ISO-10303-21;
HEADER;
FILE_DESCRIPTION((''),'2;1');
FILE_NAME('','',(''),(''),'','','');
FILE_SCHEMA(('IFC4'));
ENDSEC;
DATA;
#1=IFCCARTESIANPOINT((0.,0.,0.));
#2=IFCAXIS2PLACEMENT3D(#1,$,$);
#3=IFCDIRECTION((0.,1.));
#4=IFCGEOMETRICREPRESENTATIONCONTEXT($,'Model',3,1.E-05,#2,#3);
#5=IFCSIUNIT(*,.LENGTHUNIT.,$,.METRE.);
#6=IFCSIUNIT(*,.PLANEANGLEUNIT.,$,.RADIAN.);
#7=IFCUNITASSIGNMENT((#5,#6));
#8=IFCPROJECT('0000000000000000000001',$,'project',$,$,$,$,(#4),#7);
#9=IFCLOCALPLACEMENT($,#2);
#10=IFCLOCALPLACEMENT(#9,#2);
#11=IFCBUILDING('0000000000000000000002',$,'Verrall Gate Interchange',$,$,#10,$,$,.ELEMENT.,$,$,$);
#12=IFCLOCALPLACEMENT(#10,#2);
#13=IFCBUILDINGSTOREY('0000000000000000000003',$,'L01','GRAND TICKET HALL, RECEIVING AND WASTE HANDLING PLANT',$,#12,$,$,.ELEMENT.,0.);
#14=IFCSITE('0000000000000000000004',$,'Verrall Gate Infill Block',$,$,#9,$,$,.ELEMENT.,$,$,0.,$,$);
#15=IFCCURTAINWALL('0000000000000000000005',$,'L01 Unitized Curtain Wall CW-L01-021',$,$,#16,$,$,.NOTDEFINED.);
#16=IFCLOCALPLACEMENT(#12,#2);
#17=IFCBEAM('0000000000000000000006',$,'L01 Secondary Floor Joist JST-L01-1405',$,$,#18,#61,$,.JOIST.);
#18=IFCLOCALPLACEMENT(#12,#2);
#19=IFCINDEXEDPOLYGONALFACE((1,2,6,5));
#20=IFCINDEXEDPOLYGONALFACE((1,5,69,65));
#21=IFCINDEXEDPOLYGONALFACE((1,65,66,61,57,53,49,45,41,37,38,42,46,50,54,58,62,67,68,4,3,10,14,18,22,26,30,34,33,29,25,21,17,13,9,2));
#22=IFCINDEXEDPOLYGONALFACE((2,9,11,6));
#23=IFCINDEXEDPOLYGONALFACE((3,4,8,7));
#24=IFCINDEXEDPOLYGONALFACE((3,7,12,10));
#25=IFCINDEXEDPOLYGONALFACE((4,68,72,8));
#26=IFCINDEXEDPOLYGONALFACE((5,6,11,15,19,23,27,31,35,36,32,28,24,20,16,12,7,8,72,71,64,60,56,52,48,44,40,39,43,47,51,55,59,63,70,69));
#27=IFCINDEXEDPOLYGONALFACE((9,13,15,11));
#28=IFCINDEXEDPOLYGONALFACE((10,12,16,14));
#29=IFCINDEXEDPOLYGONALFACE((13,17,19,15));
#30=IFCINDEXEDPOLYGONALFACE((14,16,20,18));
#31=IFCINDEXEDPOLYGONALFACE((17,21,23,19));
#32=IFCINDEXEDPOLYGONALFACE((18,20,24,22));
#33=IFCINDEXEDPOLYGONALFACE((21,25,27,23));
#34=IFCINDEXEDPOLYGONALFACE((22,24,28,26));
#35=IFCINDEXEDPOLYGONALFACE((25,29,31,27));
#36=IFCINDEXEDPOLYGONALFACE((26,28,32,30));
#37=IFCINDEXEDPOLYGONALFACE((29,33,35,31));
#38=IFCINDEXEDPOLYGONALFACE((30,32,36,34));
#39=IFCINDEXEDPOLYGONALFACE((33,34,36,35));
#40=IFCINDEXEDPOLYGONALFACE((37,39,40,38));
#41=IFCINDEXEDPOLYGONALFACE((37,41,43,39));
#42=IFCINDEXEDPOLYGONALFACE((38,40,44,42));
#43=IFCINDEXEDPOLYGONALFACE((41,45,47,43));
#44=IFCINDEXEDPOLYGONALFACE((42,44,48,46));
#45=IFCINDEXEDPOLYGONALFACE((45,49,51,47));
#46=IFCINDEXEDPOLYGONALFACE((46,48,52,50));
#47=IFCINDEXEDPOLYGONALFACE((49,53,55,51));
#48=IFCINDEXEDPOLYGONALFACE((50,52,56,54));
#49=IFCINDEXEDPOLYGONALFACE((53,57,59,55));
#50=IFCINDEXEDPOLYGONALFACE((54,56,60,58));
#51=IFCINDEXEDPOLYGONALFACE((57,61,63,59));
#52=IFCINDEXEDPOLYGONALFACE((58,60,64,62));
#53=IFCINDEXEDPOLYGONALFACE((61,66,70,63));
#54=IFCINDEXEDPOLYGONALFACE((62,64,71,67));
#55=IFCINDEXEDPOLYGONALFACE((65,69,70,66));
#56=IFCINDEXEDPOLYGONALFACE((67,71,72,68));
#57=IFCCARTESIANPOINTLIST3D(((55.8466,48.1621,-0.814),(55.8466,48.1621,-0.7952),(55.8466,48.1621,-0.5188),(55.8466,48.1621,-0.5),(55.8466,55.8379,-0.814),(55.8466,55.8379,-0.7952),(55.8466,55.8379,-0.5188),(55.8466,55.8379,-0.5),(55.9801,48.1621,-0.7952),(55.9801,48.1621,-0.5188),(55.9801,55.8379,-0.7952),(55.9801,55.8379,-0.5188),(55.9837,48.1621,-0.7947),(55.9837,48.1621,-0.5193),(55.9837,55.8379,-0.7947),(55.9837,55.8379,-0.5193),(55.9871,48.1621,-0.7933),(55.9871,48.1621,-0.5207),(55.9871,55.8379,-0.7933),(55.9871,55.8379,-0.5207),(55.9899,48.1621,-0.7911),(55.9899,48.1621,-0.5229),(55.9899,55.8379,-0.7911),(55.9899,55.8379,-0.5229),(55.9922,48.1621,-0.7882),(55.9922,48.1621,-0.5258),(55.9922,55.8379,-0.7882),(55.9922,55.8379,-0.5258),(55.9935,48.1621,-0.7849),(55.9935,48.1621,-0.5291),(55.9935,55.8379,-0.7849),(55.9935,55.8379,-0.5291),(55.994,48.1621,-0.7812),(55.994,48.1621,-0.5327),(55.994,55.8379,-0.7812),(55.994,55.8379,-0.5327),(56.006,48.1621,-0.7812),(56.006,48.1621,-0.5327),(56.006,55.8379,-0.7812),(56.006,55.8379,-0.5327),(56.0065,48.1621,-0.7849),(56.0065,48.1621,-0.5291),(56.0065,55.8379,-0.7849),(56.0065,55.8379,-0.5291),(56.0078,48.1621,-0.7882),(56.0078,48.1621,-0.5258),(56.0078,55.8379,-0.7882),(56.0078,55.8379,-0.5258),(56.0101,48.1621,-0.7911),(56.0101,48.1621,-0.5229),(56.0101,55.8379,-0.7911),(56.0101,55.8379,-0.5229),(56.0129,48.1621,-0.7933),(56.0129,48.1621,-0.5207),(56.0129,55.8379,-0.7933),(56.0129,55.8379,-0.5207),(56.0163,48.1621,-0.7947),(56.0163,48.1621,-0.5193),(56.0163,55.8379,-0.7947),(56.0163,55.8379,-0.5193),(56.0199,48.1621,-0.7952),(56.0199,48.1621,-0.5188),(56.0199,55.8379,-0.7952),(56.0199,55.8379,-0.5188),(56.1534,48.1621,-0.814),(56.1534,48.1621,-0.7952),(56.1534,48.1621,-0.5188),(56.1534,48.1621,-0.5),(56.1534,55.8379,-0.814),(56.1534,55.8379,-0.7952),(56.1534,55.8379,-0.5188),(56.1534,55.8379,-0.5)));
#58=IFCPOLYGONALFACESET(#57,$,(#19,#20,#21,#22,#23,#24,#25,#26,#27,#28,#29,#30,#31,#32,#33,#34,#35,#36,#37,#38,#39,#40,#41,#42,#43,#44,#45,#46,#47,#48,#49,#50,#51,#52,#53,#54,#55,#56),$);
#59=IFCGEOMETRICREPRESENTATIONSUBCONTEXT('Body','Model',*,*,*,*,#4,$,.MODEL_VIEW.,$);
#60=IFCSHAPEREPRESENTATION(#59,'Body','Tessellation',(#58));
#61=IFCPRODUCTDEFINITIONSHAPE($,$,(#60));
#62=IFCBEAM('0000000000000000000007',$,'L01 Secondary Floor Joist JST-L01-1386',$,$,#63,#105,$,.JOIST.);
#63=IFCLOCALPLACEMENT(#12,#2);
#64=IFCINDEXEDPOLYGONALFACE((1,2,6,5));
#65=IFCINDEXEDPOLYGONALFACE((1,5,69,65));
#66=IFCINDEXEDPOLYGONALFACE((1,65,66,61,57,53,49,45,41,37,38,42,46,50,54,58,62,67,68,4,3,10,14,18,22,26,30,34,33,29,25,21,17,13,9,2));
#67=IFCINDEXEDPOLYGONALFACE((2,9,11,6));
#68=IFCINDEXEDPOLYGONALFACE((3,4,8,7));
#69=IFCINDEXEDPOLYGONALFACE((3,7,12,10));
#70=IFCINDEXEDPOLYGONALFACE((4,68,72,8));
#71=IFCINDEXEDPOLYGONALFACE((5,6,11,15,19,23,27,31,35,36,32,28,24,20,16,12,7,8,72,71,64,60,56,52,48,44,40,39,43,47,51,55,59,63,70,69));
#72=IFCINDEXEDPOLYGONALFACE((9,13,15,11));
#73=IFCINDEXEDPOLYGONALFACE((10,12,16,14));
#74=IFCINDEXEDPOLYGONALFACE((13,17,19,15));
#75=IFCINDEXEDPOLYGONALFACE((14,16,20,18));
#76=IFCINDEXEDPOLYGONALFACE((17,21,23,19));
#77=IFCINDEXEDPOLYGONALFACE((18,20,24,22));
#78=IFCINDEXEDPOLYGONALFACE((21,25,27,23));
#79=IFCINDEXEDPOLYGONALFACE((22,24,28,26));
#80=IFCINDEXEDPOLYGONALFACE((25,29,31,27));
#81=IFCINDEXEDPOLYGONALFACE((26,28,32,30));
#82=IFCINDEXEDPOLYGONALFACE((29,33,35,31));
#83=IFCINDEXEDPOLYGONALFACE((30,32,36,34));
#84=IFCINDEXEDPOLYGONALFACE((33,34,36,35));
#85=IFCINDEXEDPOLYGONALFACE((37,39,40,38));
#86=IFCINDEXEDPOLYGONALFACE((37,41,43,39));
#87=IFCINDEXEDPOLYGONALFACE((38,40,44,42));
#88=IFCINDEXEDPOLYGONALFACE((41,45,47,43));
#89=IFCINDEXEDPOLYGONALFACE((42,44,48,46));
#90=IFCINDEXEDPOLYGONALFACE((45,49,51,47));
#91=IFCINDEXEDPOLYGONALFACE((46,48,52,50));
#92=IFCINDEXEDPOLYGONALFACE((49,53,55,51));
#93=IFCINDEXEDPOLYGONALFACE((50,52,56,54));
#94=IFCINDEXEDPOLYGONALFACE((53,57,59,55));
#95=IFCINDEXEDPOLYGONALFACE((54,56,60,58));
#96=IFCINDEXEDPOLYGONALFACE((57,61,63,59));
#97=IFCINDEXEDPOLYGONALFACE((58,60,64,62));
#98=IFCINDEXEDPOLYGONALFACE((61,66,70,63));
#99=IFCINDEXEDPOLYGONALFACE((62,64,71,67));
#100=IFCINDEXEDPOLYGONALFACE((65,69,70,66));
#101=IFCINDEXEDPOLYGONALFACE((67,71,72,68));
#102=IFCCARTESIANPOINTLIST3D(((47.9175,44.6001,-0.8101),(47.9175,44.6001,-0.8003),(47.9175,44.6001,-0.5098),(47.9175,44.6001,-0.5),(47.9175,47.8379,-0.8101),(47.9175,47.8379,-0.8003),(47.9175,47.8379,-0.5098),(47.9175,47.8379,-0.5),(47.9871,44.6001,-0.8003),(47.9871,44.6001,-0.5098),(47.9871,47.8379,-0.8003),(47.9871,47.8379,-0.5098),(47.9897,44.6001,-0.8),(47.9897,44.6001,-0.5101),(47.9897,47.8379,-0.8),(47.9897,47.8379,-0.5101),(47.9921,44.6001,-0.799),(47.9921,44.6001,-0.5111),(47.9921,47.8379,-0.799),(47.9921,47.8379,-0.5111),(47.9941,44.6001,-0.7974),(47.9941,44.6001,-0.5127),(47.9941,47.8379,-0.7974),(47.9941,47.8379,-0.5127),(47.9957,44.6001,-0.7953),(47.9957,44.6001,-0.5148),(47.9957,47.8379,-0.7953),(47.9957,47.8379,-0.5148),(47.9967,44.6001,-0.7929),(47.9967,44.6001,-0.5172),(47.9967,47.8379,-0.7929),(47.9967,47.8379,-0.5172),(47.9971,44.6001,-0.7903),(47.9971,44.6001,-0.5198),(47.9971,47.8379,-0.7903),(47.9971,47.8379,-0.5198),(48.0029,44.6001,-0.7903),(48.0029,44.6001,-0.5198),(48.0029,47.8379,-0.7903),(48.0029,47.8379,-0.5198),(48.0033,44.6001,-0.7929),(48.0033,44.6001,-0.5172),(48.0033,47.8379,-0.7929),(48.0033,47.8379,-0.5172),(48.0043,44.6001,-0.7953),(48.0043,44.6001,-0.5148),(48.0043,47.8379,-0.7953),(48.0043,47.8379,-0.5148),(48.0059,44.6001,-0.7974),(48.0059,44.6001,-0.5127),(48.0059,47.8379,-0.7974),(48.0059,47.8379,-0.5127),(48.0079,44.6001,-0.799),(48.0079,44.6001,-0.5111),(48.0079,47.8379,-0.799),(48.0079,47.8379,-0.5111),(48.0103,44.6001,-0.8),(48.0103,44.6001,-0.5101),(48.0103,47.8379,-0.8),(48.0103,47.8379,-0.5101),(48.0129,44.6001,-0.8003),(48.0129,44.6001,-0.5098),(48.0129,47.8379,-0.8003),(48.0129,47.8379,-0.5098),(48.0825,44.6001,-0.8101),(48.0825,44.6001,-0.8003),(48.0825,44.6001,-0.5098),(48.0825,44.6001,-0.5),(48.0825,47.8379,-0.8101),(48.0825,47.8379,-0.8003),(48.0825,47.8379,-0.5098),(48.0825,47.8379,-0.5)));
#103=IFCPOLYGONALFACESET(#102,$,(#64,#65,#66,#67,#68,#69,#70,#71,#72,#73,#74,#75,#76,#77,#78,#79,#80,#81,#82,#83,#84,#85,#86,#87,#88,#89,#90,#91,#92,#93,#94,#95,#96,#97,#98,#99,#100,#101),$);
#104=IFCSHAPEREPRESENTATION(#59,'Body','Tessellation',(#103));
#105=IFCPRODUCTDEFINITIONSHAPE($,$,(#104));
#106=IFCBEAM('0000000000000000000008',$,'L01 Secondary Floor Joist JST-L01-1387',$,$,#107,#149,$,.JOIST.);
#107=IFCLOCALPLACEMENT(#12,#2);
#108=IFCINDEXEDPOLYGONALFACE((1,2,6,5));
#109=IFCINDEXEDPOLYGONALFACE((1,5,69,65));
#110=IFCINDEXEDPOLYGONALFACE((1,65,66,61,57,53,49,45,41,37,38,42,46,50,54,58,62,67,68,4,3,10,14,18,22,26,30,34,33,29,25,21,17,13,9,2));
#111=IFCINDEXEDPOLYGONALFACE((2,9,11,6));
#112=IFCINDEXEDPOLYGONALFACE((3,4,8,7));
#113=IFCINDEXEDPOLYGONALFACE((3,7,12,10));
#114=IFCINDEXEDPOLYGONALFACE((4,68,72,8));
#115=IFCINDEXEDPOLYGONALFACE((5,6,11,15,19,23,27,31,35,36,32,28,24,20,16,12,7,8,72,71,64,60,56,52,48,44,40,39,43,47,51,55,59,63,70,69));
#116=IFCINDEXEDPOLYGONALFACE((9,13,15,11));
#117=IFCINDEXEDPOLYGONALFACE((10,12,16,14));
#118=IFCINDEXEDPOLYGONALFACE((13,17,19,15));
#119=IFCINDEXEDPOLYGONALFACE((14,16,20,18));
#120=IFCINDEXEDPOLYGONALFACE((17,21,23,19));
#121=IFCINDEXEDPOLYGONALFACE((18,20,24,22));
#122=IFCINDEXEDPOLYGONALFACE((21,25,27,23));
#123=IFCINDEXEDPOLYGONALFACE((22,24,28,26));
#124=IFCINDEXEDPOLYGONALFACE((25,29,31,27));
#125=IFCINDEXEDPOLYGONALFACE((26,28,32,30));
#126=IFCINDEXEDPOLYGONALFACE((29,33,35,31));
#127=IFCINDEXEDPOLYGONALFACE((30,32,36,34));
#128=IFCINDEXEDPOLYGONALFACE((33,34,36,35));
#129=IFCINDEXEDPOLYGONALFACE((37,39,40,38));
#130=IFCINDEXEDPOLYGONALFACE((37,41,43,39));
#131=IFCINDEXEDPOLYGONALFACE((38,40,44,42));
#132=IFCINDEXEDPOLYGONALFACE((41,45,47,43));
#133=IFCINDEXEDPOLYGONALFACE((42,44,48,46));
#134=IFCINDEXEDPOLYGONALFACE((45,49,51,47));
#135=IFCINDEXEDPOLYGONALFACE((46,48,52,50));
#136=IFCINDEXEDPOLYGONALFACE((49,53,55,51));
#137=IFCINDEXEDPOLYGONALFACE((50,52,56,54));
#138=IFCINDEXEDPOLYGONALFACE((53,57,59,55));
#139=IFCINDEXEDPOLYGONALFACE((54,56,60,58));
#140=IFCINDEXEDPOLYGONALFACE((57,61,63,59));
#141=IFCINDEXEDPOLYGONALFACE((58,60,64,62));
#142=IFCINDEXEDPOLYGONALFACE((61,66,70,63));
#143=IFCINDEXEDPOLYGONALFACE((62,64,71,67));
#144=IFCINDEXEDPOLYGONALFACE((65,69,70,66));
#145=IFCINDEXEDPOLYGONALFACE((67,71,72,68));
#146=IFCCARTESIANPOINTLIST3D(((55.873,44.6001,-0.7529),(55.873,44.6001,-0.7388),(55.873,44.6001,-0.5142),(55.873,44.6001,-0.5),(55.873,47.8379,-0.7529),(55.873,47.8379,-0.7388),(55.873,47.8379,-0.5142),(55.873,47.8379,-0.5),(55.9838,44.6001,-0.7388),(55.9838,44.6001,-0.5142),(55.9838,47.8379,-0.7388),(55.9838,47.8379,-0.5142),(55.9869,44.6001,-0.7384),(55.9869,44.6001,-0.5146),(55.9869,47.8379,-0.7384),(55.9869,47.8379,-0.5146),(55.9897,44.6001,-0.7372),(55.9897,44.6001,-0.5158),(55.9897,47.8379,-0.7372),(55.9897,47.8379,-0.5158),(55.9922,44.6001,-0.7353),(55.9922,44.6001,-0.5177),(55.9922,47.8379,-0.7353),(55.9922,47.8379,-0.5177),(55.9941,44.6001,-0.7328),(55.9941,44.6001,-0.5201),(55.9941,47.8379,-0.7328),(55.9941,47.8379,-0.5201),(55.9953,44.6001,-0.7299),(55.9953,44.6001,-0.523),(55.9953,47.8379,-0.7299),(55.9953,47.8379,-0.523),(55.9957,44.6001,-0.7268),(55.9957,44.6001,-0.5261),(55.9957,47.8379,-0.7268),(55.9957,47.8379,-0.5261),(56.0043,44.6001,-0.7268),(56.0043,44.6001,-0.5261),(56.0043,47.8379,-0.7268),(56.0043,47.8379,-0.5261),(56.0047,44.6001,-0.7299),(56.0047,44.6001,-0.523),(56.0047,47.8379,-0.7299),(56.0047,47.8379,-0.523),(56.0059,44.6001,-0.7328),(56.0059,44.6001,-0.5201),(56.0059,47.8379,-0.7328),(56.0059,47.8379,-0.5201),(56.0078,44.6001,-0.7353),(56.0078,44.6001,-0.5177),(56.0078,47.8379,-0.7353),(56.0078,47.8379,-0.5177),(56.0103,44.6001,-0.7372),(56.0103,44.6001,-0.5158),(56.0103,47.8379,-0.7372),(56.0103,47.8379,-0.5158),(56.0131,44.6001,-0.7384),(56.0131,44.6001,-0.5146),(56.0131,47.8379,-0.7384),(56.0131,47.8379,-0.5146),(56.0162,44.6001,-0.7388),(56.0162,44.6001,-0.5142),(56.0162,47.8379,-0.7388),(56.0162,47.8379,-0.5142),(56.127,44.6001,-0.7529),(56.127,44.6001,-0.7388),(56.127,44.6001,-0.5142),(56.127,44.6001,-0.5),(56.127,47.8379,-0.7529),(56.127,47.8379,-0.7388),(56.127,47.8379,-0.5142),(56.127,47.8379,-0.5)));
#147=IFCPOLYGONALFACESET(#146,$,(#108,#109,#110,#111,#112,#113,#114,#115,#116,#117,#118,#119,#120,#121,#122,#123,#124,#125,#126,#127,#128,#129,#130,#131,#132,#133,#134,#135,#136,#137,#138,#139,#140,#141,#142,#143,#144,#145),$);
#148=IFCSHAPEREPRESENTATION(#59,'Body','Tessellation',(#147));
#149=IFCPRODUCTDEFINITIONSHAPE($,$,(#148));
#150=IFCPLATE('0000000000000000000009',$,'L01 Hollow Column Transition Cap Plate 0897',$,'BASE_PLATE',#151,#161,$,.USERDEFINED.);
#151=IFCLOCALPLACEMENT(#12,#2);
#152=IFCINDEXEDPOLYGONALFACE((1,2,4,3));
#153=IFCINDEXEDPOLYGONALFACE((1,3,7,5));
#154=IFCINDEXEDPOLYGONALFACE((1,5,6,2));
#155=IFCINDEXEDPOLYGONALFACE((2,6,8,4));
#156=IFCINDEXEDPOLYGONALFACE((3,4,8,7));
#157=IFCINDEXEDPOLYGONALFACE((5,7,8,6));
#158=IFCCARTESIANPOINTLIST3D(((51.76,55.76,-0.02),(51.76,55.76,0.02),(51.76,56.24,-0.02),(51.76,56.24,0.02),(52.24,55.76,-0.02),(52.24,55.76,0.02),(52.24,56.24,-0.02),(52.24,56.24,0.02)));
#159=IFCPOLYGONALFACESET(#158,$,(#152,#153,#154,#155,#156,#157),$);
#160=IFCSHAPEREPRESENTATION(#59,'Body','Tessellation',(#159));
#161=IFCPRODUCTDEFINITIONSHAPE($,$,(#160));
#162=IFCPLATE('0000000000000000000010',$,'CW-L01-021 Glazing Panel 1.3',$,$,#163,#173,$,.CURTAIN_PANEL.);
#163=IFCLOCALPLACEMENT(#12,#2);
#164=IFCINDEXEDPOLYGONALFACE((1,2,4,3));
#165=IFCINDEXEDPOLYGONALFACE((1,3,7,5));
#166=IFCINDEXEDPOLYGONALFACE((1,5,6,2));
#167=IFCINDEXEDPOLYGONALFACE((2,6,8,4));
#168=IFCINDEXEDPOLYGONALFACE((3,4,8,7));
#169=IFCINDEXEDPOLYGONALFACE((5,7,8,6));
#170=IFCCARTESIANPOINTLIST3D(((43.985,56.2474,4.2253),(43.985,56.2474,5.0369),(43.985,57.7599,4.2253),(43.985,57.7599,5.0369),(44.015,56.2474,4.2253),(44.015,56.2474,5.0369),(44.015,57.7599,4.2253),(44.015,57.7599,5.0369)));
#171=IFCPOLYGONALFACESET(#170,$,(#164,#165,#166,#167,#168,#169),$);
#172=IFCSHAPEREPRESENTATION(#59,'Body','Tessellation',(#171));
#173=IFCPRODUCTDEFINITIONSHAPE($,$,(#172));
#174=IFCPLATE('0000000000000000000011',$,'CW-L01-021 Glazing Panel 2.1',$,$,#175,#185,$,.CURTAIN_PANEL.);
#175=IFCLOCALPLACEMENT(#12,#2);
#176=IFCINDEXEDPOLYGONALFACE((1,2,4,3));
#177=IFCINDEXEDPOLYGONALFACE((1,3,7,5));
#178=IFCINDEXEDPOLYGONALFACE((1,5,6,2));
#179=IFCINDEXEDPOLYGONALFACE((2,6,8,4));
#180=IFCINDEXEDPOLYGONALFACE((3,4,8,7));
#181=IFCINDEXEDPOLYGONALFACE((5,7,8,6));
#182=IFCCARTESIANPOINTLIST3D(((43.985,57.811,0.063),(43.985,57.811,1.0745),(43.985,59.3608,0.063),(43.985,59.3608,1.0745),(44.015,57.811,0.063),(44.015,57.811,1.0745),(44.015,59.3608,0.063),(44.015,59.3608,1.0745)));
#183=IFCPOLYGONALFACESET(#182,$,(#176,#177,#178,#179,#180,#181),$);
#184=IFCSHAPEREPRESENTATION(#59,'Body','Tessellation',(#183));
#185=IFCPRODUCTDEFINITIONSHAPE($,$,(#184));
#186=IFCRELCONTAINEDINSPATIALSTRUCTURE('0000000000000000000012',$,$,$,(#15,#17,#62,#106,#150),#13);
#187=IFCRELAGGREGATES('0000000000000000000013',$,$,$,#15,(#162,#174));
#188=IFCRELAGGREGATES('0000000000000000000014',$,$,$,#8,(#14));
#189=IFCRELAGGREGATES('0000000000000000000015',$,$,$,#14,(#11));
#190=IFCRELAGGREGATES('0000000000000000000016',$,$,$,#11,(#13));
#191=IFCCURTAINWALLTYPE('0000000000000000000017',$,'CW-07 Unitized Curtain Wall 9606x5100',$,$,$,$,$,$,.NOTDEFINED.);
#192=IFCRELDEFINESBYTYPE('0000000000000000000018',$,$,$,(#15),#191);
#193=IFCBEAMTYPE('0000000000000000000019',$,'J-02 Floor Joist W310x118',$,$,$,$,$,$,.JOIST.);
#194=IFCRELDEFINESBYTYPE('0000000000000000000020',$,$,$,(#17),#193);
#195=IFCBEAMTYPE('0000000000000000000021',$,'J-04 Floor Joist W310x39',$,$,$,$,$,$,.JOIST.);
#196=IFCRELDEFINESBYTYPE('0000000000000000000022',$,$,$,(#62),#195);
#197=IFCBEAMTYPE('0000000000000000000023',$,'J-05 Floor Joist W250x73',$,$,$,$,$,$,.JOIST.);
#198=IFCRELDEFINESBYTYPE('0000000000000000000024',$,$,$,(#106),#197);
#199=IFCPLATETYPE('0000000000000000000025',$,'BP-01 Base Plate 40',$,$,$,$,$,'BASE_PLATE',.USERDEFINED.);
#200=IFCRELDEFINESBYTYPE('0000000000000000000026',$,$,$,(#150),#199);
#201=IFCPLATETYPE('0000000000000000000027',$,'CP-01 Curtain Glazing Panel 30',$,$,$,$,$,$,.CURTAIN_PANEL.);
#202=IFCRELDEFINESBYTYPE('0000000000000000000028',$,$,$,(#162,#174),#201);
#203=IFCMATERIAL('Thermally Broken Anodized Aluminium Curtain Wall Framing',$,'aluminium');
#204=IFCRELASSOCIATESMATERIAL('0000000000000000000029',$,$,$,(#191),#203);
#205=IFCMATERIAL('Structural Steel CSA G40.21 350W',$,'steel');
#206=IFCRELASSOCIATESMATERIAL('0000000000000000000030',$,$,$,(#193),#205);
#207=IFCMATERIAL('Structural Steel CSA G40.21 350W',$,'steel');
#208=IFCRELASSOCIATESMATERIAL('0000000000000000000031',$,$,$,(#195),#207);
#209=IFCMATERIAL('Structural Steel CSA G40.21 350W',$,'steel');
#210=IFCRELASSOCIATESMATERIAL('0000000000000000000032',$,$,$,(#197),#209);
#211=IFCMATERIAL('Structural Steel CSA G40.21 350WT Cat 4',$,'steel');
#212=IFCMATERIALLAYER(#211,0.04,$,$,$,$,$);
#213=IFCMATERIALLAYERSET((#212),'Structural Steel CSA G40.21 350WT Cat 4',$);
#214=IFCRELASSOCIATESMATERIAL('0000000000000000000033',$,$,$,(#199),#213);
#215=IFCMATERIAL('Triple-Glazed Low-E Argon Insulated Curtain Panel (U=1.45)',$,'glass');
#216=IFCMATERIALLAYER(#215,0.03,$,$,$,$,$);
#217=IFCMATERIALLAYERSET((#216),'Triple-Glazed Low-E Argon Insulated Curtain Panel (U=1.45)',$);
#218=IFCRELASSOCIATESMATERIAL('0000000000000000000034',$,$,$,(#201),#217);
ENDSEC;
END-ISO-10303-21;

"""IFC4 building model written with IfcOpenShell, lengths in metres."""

from ifc_helpers import new_model, si_unit, direction, frame, origin, origin_2d, place, context, subcontext, project, spatial, rectangle, i_section, extrude, material, layer, layer_set, material_profile, profile_set, type_object, element, aggregate, save


model = new_model("IFC4")

# Units and contexts
model_context = context("Model", 3, precision=1e-05, world=origin(), true_north=direction((0.0, 1.0)))
body_context = subcontext(model_context, "Body", "Model", "MODEL_VIEW")
ifc_project = project(units=[si_unit("LENGTHUNIT", "METRE"), si_unit("PLANEANGLEUNIT", "RADIAN")], contexts=[model_context])

# Site, building, storey
site_placement = place(None, origin())
site = spatial("IfcSite", under=ifc_project, at=site_placement, Name="Verrall Gate Infill Block", CompositionType="ELEMENT", RefElevation=0.0)
building_placement = place(site_placement, origin())
building = spatial("IfcBuilding", under=site, at=building_placement, Name="Verrall Gate Interchange", CompositionType="ELEMENT")
storey_placement = place(building_placement, origin())
storey = spatial("IfcBuildingStorey", under=building, at=storey_placement, Name="L01", Description="GRAND TICKET HALL, RECEIVING AND WASTE HANDLING PLANT", CompositionType="ELEMENT", Elevation=0.0)

# Curtain wall
ifc_material_1 = material(Name="Thermally Broken Anodized Aluminium Curtain Wall Framing", Category="aluminium")
curtain_wall_type = type_object("IfcCurtainWallType", Name="CW-07 Unitized Curtain Wall 9606x5100", PredefinedType="NOTDEFINED", material=ifc_material_1)
curtain_wall_placement = place(storey_placement, origin())
curtain_wall = element("IfcCurtainWall", 1, at=curtain_wall_placement, inside=storey, type_object=curtain_wall_type, Name="L01 Unitized Curtain Wall CW-L01-021", PredefinedType="NOTDEFINED")

# Beams
ifc_material_2 = material(Name="Structural Steel CSA G40.21 350W", Category="steel")
ifc_material_profile_1 = material_profile(ifc_material_2, i_section(OverallWidth=0.3069, OverallDepth=0.314, WebThickness=0.012, FlangeThickness=0.0188, FilletRadius=0.0139, at=origin_2d()), Name="W310x118")
ifc_profile_set_1 = profile_set([ifc_material_profile_1], Name="Structural Steel CSA G40.21 350W")
beam_type_1 = type_object("IfcBeamType", Name="J-02 Floor Joist W310x118", PredefinedType="JOIST", material=ifc_profile_set_1)
beam_1_placement = place(storey_placement, frame((56.0, 48.1621, -0.657), z_axis=(0.0, 1.0, 0.0), x_axis=(-1.0, 0.0, 0.0)))
element("IfcBeam", 2, at=beam_1_placement, inside=storey, type_object=beam_type_1, Name="L01 Secondary Floor Joist JST-L01-1405", PredefinedType="JOIST", context=body_context, shape_type="SweptSolid", body=[
    extrude(i_section(OverallWidth=0.3069, OverallDepth=0.314, WebThickness=0.012, FlangeThickness=0.0188, FilletRadius=0.0139, at=origin_2d()), origin(), (0.0, 0.0, 1.0), 7.6758),
])
ifc_material_3 = material(Name="Structural Steel CSA G40.21 350W", Category="steel")
ifc_material_profile_2 = material_profile(ifc_material_3, i_section(OverallWidth=0.165, OverallDepth=0.3101, WebThickness=0.0059, FlangeThickness=0.0098, FilletRadius=0.01, at=origin_2d()), Name="W310x39")
ifc_profile_set_2 = profile_set([ifc_material_profile_2], Name="Structural Steel CSA G40.21 350W")
beam_type_2 = type_object("IfcBeamType", Name="J-04 Floor Joist W310x39", PredefinedType="JOIST", material=ifc_profile_set_2)
beam_2_placement = place(storey_placement, frame((48.0, 44.6001, -0.655), z_axis=(0.0, 1.0, 0.0), x_axis=(-1.0, 0.0, 0.0)))
element("IfcBeam", 3, at=beam_2_placement, inside=storey, type_object=beam_type_2, Name="L01 Secondary Floor Joist JST-L01-1386", PredefinedType="JOIST", context=body_context, shape_type="SweptSolid", body=[
    extrude(i_section(OverallWidth=0.165, OverallDepth=0.3101, WebThickness=0.0059, FlangeThickness=0.0098, FilletRadius=0.01, at=origin_2d()), origin(), (0.0, 0.0, 1.0), 3.2378),
])
ifc_material_4 = material(Name="Structural Steel CSA G40.21 350W", Category="steel")
ifc_material_profile_3 = material_profile(ifc_material_4, i_section(OverallWidth=0.2539, OverallDepth=0.2529, WebThickness=0.0085, FlangeThickness=0.0142, FilletRadius=0.012, at=origin_2d()), Name="W250x73")
ifc_profile_set_3 = profile_set([ifc_material_profile_3], Name="Structural Steel CSA G40.21 350W")
beam_type_3 = type_object("IfcBeamType", Name="J-05 Floor Joist W250x73", PredefinedType="JOIST", material=ifc_profile_set_3)
beam_3_placement = place(storey_placement, frame((56.0, 44.6001, -0.6265), z_axis=(0.0, 1.0, 0.0), x_axis=(-1.0, 0.0, 0.0)))
element("IfcBeam", 4, at=beam_3_placement, inside=storey, type_object=beam_type_3, Name="L01 Secondary Floor Joist JST-L01-1387", PredefinedType="JOIST", context=body_context, shape_type="SweptSolid", body=[
    extrude(i_section(OverallWidth=0.2539, OverallDepth=0.2529, WebThickness=0.0085, FlangeThickness=0.0142, FilletRadius=0.012, at=origin_2d()), origin(), (0.0, 0.0, 1.0), 3.2378),
])

# Plates
ifc_material_5 = material(Name="Structural Steel CSA G40.21 350WT Cat 4", Category="steel")
ifc_layer_1 = layer(ifc_material_5, 0.04)
ifc_layer_set_1 = layer_set([ifc_layer_1], Name="Structural Steel CSA G40.21 350WT Cat 4")
plate_type_1 = type_object("IfcPlateType", Name="BP-01 Base Plate 40", ElementType="BASE_PLATE", PredefinedType="USERDEFINED", material=ifc_layer_set_1)
plate_1_placement = place(storey_placement, frame((52.0, 56.0, -0.02), z_axis=(0.0, 0.0, 1.0), x_axis=(1.0, 0.0, 0.0)))
element("IfcPlate", 5, at=plate_1_placement, inside=storey, type_object=plate_type_1, Name="L01 Hollow Column Transition Cap Plate 0897", ObjectType="BASE_PLATE", PredefinedType="USERDEFINED", context=body_context, shape_type="SweptSolid", body=[
    extrude(rectangle(XDim=0.48, YDim=0.48, at=origin_2d()), origin(), (0.0, 0.0, 1.0), 0.04),
])
ifc_material_6 = material(Name="Triple-Glazed Low-E Argon Insulated Curtain Panel (U=1.45)", Category="glass")
ifc_layer_2 = layer(ifc_material_6, 0.03)
ifc_layer_set_2 = layer_set([ifc_layer_2], Name="Triple-Glazed Low-E Argon Insulated Curtain Panel (U=1.45)")
plate_type_2 = type_object("IfcPlateType", Name="CP-01 Curtain Glazing Panel 30", PredefinedType="CURTAIN_PANEL", material=ifc_layer_set_2)
plate_2_placement = place(storey_placement, frame((44.0, 57.0037, 4.2253), z_axis=(0.0, 0.0, 1.0), x_axis=(0.0, 1.0, 0.0)))
plate_2 = element("IfcPlate", 6, at=plate_2_placement, type_object=plate_type_2, Name="CW-L01-021 Glazing Panel 1.3", PredefinedType="CURTAIN_PANEL", context=body_context, shape_type="SweptSolid", body=[
    extrude(rectangle(XDim=1.5125, YDim=0.03, at=origin_2d()), origin(), (0.0, 0.0, 1.0), 0.8115),
])
plate_3_placement = place(storey_placement, frame((44.0, 58.5859, 0.063), z_axis=(0.0, 0.0, 1.0), x_axis=(0.0, 1.0, 0.0)))
plate_3 = element("IfcPlate", 7, at=plate_3_placement, type_object=plate_type_2, Name="CW-L01-021 Glazing Panel 2.1", PredefinedType="CURTAIN_PANEL", context=body_context, shape_type="SweptSolid", body=[
    extrude(rectangle(XDim=1.5498, YDim=0.03, at=origin_2d()), origin(), (0.0, 0.0, 1.0), 1.0115),
])
aggregate(curtain_wall, [plate_2, plate_3])

save(model, "model.ifc")
